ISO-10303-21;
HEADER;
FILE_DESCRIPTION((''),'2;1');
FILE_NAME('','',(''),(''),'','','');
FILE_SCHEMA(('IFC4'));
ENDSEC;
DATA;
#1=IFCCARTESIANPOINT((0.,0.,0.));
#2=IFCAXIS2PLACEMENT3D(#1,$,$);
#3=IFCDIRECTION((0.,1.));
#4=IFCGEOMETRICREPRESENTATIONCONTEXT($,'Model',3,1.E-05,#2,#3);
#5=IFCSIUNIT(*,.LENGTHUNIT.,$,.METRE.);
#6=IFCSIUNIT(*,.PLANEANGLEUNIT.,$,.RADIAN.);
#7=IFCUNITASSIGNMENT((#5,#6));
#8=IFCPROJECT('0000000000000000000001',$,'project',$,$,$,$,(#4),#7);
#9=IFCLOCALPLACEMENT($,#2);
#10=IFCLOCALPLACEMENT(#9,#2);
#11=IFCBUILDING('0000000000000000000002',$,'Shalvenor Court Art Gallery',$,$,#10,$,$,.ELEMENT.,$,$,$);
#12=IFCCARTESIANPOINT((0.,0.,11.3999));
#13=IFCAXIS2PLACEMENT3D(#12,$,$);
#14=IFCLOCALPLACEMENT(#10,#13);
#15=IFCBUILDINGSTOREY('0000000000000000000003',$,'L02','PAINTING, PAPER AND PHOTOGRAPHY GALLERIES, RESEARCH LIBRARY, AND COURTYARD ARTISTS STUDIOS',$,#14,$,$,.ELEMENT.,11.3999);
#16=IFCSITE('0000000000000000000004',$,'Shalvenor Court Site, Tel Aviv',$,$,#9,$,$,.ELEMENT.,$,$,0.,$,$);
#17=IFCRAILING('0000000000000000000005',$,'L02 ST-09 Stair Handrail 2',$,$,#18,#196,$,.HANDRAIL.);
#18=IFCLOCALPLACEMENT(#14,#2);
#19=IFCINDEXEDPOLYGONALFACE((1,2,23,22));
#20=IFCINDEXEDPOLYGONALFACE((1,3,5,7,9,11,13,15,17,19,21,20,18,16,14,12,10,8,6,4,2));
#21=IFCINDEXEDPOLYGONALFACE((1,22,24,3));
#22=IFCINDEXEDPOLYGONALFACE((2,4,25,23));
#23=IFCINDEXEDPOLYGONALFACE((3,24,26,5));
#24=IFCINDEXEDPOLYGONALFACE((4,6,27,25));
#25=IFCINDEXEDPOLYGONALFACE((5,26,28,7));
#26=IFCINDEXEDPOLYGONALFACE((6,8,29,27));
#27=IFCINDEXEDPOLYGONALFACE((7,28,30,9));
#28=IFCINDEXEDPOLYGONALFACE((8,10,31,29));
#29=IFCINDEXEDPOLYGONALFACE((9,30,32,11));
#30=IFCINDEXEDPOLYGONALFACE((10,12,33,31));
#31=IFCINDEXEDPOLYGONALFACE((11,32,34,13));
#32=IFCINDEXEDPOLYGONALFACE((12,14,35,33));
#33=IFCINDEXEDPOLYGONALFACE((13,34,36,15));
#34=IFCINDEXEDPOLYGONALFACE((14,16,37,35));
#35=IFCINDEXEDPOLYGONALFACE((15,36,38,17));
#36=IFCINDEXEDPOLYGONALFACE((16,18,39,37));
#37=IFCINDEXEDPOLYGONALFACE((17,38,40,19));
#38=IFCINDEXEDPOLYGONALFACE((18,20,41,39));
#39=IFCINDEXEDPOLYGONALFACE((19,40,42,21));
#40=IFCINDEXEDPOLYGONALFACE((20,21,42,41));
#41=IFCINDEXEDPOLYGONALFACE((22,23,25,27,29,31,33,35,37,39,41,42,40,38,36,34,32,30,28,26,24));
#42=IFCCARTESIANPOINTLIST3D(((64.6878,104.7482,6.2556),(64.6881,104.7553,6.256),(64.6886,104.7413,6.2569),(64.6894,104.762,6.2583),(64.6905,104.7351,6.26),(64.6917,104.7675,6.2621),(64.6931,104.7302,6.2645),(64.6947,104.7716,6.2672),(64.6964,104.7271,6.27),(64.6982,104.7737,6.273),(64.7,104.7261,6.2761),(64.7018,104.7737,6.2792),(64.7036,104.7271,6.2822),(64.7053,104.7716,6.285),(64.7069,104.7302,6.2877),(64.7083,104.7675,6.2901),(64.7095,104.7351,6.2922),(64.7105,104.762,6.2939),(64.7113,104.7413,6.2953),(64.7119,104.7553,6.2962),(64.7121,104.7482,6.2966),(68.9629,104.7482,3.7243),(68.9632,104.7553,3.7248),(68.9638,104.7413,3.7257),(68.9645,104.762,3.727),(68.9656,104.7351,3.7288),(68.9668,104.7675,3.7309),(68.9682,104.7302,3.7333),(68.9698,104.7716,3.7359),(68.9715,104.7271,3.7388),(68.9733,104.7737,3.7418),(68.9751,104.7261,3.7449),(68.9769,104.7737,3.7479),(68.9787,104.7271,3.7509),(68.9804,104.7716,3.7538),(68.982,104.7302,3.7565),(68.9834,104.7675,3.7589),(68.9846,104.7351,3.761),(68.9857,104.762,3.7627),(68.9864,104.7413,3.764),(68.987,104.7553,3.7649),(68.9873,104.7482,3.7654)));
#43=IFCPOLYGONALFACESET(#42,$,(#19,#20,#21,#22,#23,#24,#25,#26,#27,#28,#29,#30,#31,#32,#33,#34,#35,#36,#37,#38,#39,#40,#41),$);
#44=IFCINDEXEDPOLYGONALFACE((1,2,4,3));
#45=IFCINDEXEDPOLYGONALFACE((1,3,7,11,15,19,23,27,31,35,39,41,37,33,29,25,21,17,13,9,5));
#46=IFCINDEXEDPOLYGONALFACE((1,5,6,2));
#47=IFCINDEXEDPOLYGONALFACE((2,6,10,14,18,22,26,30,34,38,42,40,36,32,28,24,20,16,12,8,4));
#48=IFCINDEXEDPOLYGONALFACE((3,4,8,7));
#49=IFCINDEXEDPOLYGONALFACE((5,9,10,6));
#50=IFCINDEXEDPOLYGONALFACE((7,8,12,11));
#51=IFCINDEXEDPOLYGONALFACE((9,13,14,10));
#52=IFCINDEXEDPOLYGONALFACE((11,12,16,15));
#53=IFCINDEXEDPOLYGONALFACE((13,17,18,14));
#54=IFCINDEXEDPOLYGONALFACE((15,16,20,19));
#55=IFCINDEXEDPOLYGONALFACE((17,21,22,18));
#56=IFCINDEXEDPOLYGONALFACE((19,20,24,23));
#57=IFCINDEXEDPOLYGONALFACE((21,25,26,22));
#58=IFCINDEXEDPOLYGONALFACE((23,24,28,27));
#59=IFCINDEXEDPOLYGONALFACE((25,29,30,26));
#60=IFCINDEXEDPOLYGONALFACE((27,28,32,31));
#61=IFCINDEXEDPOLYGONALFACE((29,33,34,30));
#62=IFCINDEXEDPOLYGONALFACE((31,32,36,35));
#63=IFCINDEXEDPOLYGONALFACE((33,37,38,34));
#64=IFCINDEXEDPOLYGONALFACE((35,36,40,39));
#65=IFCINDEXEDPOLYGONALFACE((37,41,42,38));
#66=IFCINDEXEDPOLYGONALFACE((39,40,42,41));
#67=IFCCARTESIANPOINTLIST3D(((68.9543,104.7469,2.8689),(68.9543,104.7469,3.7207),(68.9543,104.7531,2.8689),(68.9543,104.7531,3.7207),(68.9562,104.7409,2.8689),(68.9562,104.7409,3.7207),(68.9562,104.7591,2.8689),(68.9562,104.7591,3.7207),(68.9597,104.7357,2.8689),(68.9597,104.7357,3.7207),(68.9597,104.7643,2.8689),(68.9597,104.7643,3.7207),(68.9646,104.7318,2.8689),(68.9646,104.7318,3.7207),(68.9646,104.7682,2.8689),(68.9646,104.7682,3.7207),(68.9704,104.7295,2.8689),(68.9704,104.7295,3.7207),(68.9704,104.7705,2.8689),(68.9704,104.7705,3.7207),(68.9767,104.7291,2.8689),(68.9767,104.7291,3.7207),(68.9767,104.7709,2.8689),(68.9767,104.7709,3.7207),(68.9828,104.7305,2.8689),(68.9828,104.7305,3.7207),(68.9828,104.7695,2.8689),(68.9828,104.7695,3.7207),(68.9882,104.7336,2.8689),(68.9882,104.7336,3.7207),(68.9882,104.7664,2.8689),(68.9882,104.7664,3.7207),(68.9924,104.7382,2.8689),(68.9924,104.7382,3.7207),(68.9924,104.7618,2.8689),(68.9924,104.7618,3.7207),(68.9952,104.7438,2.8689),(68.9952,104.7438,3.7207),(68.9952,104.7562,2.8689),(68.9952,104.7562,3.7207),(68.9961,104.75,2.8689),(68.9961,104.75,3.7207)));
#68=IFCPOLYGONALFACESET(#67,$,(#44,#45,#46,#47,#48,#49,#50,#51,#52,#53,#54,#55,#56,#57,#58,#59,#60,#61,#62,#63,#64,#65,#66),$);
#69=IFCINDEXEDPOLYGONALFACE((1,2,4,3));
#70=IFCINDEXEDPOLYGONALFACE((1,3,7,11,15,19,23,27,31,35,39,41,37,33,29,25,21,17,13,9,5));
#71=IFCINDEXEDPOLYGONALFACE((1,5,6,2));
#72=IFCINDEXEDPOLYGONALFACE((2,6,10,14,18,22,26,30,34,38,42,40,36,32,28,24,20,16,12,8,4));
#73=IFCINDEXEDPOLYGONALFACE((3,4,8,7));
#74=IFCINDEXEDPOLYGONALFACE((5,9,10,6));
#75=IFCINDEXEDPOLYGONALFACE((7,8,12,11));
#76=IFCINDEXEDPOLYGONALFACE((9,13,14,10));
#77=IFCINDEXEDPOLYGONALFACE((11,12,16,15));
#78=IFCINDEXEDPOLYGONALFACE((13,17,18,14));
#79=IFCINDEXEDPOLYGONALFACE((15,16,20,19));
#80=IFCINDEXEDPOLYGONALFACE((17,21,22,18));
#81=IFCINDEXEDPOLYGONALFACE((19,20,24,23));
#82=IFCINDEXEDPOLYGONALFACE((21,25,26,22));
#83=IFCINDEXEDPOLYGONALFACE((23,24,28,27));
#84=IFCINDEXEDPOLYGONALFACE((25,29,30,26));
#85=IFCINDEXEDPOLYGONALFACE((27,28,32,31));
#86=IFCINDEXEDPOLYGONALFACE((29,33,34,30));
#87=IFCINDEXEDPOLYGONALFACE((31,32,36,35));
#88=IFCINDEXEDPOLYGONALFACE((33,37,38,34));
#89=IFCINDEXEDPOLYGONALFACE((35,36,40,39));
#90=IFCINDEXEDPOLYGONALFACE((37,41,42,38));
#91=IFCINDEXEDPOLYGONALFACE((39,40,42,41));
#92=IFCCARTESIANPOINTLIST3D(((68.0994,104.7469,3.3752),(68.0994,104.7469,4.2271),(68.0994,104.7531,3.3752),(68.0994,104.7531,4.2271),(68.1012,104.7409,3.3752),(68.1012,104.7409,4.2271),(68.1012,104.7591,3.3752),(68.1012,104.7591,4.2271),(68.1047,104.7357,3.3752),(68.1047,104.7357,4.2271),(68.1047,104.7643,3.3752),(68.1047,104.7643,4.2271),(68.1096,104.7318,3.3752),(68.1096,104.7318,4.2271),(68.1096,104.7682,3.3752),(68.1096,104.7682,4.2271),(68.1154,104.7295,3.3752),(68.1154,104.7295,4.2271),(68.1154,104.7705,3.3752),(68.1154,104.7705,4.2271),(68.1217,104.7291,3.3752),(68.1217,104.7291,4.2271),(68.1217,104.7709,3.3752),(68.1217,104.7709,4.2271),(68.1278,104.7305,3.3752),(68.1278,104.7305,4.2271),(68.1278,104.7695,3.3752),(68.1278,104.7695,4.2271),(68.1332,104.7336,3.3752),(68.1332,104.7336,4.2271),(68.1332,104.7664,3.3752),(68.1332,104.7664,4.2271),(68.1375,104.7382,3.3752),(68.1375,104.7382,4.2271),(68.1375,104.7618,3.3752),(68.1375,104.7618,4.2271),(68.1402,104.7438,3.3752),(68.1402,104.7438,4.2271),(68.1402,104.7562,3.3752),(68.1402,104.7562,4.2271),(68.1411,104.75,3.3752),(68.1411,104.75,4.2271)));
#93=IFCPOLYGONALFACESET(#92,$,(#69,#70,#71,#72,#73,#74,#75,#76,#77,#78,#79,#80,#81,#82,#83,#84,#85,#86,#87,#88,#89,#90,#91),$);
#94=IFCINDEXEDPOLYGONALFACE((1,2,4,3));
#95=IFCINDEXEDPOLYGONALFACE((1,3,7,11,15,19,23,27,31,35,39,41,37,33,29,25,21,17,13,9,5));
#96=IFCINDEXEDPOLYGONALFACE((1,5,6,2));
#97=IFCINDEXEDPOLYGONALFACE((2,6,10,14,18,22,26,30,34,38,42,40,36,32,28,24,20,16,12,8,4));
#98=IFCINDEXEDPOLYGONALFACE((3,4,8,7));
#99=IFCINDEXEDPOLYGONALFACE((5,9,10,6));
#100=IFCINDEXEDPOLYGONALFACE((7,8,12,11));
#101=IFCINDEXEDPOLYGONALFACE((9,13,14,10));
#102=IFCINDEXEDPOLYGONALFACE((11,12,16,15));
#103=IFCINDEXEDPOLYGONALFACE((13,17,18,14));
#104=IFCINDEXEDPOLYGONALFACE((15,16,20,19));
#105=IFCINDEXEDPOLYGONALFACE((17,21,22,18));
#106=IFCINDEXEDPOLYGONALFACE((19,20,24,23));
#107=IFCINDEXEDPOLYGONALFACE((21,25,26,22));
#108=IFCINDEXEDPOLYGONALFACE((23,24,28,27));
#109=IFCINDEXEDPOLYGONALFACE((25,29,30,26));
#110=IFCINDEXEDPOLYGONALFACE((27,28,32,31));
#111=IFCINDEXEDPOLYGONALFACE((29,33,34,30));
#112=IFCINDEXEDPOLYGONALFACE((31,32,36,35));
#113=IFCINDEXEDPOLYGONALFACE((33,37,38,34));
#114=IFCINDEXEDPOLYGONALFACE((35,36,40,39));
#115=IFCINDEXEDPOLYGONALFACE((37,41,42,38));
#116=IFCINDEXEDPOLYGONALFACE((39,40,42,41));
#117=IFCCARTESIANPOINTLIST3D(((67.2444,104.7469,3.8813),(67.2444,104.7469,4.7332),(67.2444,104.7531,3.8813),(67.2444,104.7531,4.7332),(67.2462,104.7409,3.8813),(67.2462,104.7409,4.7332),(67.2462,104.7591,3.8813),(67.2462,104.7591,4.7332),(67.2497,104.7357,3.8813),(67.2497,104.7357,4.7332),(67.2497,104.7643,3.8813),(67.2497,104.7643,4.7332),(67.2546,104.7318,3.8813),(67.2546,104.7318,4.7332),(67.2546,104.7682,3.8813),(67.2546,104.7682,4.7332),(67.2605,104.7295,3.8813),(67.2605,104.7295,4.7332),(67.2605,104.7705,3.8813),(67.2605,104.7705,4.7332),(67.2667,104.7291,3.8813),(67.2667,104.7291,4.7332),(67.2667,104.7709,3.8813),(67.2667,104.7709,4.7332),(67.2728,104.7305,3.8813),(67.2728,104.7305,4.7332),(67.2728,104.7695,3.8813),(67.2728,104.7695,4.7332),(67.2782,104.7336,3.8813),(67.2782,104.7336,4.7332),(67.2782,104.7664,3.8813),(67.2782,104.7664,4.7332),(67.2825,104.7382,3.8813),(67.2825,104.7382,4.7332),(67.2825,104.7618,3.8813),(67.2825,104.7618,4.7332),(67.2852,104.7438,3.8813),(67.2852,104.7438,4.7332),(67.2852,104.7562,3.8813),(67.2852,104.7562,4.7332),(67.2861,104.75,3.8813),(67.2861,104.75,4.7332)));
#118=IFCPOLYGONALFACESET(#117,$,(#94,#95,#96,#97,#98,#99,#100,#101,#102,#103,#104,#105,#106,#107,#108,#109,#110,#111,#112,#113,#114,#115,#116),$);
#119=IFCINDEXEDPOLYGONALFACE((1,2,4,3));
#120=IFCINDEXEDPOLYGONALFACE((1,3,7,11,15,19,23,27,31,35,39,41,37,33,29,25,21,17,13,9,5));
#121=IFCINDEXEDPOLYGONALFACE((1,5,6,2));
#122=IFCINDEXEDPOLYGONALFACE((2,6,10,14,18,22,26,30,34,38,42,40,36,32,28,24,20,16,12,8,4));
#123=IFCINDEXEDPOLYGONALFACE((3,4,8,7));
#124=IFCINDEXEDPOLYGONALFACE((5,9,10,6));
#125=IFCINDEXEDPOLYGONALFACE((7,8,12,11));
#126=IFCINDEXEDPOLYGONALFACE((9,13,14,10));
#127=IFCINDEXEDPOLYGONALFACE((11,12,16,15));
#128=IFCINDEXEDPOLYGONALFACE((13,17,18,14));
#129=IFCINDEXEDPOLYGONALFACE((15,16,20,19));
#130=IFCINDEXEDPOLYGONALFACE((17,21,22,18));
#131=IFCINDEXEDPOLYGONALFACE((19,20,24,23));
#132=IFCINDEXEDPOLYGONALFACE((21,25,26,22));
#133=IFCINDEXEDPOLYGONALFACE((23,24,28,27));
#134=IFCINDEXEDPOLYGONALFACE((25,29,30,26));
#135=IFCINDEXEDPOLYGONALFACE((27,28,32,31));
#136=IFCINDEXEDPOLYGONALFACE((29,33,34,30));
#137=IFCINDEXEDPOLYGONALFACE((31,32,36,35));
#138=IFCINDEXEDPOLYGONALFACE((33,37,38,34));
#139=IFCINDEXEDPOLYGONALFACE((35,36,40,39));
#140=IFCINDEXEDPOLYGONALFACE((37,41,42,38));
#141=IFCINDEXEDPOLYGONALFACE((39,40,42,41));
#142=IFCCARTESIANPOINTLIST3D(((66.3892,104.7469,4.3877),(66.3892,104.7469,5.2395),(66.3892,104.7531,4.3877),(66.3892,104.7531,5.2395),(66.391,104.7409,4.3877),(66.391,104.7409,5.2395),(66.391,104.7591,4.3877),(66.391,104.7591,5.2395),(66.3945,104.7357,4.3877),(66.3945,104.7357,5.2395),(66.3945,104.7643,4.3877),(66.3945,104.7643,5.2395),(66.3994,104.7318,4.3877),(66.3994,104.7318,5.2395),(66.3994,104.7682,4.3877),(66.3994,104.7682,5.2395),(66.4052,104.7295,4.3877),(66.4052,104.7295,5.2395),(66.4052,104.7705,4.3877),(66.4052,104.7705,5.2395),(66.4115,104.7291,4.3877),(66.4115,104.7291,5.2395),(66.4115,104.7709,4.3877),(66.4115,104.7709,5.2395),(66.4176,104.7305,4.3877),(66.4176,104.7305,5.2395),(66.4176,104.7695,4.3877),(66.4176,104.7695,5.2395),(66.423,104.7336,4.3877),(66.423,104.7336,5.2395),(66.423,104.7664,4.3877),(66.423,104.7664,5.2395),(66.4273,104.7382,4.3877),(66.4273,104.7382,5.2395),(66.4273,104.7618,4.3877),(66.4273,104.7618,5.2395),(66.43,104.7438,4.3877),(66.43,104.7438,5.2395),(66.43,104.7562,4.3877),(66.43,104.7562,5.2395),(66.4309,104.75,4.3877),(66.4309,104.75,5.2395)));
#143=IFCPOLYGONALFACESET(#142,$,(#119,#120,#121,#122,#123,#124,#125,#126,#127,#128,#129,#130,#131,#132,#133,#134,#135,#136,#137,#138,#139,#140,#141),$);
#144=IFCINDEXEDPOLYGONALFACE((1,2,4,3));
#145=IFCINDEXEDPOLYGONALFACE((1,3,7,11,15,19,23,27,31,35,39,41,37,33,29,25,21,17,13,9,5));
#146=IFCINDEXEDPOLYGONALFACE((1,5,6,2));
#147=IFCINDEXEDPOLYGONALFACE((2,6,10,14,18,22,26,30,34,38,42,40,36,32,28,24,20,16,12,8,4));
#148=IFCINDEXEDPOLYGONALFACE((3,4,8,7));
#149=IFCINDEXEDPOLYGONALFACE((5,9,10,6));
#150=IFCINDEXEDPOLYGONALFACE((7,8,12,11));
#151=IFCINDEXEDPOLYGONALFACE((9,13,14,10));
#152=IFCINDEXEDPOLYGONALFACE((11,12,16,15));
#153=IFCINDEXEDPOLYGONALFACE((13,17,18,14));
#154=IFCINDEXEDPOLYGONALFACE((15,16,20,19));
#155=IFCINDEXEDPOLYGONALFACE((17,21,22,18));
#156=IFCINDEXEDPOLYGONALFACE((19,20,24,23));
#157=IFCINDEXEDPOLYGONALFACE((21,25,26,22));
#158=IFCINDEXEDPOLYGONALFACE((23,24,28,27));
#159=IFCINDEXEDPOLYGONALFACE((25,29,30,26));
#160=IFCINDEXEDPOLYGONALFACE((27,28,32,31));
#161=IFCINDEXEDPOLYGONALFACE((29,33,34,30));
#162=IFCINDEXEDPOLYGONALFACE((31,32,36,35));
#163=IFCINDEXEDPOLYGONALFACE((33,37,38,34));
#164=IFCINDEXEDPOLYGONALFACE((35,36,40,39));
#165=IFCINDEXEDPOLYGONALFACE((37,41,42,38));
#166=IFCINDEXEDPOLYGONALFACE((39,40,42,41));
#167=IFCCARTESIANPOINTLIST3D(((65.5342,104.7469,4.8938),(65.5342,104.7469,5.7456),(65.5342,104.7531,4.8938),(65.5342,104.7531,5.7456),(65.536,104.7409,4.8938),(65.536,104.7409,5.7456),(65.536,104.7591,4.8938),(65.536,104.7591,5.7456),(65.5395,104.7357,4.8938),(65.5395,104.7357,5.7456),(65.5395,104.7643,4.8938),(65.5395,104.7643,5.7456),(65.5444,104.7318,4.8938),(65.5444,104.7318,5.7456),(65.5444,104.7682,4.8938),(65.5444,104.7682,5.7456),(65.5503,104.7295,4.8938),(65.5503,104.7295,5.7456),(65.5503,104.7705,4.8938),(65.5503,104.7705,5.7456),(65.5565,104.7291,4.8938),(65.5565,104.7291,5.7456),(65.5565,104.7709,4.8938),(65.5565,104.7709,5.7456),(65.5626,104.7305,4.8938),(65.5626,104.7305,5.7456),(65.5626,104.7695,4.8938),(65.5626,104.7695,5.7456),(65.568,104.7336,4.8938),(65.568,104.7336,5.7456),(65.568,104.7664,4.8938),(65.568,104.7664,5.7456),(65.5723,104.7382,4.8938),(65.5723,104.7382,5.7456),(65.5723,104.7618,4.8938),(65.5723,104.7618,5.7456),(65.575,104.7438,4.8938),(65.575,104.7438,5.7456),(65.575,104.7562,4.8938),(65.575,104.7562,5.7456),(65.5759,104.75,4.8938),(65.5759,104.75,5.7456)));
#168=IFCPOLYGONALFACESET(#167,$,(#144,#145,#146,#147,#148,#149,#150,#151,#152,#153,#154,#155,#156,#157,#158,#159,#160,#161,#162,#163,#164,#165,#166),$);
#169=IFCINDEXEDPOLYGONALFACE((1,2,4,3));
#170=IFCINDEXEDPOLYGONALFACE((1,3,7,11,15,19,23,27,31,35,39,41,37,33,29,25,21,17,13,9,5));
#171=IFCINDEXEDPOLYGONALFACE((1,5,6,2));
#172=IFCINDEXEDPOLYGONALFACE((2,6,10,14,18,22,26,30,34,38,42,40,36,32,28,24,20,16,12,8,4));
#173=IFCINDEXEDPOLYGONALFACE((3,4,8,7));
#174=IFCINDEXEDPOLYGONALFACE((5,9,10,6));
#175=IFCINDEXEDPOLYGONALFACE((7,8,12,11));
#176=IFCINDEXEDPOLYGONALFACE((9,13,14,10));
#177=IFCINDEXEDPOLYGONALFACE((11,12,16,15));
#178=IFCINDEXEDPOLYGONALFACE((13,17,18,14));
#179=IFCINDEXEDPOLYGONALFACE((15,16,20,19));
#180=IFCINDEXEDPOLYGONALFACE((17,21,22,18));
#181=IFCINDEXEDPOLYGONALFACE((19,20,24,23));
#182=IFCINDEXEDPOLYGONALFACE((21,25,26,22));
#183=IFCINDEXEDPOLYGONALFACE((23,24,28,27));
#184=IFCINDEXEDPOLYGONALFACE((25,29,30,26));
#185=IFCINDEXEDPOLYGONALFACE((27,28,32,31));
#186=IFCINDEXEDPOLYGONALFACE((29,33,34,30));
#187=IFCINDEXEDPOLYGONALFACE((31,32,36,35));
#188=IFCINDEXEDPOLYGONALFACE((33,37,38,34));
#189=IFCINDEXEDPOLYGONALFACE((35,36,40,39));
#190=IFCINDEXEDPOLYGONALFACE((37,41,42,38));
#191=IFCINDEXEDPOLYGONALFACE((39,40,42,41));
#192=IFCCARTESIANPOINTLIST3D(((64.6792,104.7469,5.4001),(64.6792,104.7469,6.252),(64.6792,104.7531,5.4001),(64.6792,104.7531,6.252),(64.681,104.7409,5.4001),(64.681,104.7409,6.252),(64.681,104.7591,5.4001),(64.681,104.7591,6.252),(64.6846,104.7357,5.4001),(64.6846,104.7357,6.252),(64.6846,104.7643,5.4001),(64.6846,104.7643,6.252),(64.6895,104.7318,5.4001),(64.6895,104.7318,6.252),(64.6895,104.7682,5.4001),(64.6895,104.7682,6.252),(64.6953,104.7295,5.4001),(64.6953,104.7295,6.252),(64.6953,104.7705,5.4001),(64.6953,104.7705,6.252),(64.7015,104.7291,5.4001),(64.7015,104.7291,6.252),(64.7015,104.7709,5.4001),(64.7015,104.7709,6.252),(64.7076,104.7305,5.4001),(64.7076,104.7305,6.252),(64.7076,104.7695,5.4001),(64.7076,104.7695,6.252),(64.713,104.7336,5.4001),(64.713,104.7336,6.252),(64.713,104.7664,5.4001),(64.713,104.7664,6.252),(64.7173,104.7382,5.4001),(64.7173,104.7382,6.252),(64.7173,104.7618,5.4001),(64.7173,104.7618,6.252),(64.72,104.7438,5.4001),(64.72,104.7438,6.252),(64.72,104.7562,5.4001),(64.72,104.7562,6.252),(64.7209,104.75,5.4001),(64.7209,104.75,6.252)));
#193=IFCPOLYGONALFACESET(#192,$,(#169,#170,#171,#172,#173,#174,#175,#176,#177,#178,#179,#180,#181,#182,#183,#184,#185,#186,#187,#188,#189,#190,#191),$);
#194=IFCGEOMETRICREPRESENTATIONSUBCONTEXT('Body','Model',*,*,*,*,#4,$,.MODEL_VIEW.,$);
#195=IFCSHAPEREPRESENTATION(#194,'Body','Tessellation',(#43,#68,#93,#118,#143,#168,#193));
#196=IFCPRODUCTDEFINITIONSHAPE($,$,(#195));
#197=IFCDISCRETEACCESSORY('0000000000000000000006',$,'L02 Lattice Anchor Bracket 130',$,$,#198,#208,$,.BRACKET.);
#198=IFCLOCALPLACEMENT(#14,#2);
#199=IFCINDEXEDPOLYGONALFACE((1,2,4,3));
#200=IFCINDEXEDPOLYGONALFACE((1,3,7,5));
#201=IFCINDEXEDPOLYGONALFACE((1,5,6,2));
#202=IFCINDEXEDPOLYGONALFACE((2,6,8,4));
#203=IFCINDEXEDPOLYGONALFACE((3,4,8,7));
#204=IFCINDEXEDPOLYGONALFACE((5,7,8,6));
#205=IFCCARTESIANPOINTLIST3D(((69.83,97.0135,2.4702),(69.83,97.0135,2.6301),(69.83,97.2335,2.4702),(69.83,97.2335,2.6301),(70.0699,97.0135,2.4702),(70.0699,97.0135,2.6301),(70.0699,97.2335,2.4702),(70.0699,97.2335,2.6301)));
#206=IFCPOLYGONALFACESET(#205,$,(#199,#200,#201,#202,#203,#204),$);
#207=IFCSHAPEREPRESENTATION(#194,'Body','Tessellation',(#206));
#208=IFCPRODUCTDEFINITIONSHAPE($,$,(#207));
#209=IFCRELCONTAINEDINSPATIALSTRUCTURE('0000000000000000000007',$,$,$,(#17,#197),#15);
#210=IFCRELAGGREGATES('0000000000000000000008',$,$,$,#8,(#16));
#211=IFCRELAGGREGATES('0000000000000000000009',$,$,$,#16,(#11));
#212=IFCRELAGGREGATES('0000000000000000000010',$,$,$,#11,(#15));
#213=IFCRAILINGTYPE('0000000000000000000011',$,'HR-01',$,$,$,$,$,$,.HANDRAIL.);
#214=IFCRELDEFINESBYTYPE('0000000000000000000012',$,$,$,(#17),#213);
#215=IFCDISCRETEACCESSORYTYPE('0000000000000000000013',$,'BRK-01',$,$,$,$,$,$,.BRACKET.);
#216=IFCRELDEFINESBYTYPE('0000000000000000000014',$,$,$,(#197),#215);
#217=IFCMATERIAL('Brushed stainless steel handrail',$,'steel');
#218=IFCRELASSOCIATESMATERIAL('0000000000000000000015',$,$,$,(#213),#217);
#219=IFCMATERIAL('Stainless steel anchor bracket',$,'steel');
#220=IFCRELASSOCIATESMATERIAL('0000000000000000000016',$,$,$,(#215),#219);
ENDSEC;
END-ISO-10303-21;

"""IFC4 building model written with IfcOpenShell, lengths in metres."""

from ifc_helpers import new_model, si_unit, direction, frame, origin, origin_2d, place, context, subcontext, project, spatial, rectangle, circle, extrude, material, type_object, element, save


model = new_model("IFC4")

# Units and contexts
model_context = context("Model", 3, precision=1e-05, world=origin(), true_north=direction((0.0, 1.0)))
body_context = subcontext(model_context, "Body", "Model", "MODEL_VIEW")
ifc_project = project(units=[si_unit("LENGTHUNIT", "METRE"), si_unit("PLANEANGLEUNIT", "RADIAN")], contexts=[model_context])

# Site, building, storey
site_placement = place(None, origin())
site = spatial("IfcSite", under=ifc_project, at=site_placement, Name="Shalvenor Court Site, Tel Aviv", CompositionType="ELEMENT", RefElevation=0.0)
building_placement = place(site_placement, origin())
building = spatial("IfcBuilding", under=site, at=building_placement, Name="Shalvenor Court Art Gallery", CompositionType="ELEMENT")
storey_placement = place(building_placement, frame((0.0, 0.0, 11.3999)))
storey = spatial("IfcBuildingStorey", under=building, at=storey_placement, Name="L02", Description="PAINTING, PAPER AND PHOTOGRAPHY GALLERIES, RESEARCH LIBRARY, AND COURTYARD ARTISTS STUDIOS", CompositionType="ELEMENT", Elevation=11.3999)

# Railing
ifc_material_1 = material(Name="Brushed stainless steel handrail", Category="steel")
railing_type_1 = type_object("IfcRailingType", Name="HR-01", PredefinedType="HANDRAIL", material=ifc_material_1)
railing_1_placement = place(storey_placement, frame((68.9751, 104.75, 2.8689)))
element("IfcRailing", 1, at=railing_1_placement, inside=storey, type_object=railing_type_1, Name="L02 ST-09 Stair Handrail 2", PredefinedType="HANDRAIL", context=body_context, shape_type="SweptSolid", body=[
    extrude(circle(Radius=0.0239, at=origin_2d()), frame((0.0, 0.0, 0.876), z_axis=(-0.860483, 0.0, 0.509479), x_axis=(0.0, -1.0, 0.0)), (0.0, 0.0, 1.0), 4.9683),
    extrude(circle(Radius=0.021, at=origin_2d()), origin(), (0.0, 0.0, 1.0), 0.8518),
    extrude(circle(Radius=0.021, at=origin_2d()), frame((-0.855, 0.0, 0.5063)), (0.0, 0.0, 1.0), 0.8518),
    extrude(circle(Radius=0.021, at=origin_2d()), frame((-1.71, 0.0, 1.0125)), (0.0, 0.0, 1.0), 0.8518),
    extrude(circle(Radius=0.021, at=origin_2d()), frame((-2.5652, 0.0, 1.5188)), (0.0, 0.0, 1.0), 0.8518),
    extrude(circle(Radius=0.021, at=origin_2d()), frame((-3.4202, 0.0, 2.0249)), (0.0, 0.0, 1.0), 0.8518),
    extrude(circle(Radius=0.021, at=origin_2d()), frame((-4.2751, 0.0, 2.5312)), (0.0, 0.0, 1.0), 0.8518),
])

# Discrete accessory
ifc_material_2 = material(Name="Stainless steel anchor bracket", Category="steel")
discrete_accessory_type = type_object("IfcDiscreteAccessoryType", Name="BRK-01", PredefinedType="BRACKET", material=ifc_material_2)
discrete_accessory_placement = place(storey_placement, frame((69.95, 97.1235, 2.4702), z_axis=(0.0, 0.0, 1.0), x_axis=(-1.0, 0.0, 0.0)))
element("IfcDiscreteAccessory", 2, at=discrete_accessory_placement, inside=storey, type_object=discrete_accessory_type, Name="L02 Lattice Anchor Bracket 130", PredefinedType="BRACKET", context=body_context, shape_type="SweptSolid", body=[
    extrude(rectangle(XDim=0.24, YDim=0.22, at=origin_2d()), origin(), (0.0, 0.0, 1.0), 0.1599),
])

save(model, "model.ifc")
